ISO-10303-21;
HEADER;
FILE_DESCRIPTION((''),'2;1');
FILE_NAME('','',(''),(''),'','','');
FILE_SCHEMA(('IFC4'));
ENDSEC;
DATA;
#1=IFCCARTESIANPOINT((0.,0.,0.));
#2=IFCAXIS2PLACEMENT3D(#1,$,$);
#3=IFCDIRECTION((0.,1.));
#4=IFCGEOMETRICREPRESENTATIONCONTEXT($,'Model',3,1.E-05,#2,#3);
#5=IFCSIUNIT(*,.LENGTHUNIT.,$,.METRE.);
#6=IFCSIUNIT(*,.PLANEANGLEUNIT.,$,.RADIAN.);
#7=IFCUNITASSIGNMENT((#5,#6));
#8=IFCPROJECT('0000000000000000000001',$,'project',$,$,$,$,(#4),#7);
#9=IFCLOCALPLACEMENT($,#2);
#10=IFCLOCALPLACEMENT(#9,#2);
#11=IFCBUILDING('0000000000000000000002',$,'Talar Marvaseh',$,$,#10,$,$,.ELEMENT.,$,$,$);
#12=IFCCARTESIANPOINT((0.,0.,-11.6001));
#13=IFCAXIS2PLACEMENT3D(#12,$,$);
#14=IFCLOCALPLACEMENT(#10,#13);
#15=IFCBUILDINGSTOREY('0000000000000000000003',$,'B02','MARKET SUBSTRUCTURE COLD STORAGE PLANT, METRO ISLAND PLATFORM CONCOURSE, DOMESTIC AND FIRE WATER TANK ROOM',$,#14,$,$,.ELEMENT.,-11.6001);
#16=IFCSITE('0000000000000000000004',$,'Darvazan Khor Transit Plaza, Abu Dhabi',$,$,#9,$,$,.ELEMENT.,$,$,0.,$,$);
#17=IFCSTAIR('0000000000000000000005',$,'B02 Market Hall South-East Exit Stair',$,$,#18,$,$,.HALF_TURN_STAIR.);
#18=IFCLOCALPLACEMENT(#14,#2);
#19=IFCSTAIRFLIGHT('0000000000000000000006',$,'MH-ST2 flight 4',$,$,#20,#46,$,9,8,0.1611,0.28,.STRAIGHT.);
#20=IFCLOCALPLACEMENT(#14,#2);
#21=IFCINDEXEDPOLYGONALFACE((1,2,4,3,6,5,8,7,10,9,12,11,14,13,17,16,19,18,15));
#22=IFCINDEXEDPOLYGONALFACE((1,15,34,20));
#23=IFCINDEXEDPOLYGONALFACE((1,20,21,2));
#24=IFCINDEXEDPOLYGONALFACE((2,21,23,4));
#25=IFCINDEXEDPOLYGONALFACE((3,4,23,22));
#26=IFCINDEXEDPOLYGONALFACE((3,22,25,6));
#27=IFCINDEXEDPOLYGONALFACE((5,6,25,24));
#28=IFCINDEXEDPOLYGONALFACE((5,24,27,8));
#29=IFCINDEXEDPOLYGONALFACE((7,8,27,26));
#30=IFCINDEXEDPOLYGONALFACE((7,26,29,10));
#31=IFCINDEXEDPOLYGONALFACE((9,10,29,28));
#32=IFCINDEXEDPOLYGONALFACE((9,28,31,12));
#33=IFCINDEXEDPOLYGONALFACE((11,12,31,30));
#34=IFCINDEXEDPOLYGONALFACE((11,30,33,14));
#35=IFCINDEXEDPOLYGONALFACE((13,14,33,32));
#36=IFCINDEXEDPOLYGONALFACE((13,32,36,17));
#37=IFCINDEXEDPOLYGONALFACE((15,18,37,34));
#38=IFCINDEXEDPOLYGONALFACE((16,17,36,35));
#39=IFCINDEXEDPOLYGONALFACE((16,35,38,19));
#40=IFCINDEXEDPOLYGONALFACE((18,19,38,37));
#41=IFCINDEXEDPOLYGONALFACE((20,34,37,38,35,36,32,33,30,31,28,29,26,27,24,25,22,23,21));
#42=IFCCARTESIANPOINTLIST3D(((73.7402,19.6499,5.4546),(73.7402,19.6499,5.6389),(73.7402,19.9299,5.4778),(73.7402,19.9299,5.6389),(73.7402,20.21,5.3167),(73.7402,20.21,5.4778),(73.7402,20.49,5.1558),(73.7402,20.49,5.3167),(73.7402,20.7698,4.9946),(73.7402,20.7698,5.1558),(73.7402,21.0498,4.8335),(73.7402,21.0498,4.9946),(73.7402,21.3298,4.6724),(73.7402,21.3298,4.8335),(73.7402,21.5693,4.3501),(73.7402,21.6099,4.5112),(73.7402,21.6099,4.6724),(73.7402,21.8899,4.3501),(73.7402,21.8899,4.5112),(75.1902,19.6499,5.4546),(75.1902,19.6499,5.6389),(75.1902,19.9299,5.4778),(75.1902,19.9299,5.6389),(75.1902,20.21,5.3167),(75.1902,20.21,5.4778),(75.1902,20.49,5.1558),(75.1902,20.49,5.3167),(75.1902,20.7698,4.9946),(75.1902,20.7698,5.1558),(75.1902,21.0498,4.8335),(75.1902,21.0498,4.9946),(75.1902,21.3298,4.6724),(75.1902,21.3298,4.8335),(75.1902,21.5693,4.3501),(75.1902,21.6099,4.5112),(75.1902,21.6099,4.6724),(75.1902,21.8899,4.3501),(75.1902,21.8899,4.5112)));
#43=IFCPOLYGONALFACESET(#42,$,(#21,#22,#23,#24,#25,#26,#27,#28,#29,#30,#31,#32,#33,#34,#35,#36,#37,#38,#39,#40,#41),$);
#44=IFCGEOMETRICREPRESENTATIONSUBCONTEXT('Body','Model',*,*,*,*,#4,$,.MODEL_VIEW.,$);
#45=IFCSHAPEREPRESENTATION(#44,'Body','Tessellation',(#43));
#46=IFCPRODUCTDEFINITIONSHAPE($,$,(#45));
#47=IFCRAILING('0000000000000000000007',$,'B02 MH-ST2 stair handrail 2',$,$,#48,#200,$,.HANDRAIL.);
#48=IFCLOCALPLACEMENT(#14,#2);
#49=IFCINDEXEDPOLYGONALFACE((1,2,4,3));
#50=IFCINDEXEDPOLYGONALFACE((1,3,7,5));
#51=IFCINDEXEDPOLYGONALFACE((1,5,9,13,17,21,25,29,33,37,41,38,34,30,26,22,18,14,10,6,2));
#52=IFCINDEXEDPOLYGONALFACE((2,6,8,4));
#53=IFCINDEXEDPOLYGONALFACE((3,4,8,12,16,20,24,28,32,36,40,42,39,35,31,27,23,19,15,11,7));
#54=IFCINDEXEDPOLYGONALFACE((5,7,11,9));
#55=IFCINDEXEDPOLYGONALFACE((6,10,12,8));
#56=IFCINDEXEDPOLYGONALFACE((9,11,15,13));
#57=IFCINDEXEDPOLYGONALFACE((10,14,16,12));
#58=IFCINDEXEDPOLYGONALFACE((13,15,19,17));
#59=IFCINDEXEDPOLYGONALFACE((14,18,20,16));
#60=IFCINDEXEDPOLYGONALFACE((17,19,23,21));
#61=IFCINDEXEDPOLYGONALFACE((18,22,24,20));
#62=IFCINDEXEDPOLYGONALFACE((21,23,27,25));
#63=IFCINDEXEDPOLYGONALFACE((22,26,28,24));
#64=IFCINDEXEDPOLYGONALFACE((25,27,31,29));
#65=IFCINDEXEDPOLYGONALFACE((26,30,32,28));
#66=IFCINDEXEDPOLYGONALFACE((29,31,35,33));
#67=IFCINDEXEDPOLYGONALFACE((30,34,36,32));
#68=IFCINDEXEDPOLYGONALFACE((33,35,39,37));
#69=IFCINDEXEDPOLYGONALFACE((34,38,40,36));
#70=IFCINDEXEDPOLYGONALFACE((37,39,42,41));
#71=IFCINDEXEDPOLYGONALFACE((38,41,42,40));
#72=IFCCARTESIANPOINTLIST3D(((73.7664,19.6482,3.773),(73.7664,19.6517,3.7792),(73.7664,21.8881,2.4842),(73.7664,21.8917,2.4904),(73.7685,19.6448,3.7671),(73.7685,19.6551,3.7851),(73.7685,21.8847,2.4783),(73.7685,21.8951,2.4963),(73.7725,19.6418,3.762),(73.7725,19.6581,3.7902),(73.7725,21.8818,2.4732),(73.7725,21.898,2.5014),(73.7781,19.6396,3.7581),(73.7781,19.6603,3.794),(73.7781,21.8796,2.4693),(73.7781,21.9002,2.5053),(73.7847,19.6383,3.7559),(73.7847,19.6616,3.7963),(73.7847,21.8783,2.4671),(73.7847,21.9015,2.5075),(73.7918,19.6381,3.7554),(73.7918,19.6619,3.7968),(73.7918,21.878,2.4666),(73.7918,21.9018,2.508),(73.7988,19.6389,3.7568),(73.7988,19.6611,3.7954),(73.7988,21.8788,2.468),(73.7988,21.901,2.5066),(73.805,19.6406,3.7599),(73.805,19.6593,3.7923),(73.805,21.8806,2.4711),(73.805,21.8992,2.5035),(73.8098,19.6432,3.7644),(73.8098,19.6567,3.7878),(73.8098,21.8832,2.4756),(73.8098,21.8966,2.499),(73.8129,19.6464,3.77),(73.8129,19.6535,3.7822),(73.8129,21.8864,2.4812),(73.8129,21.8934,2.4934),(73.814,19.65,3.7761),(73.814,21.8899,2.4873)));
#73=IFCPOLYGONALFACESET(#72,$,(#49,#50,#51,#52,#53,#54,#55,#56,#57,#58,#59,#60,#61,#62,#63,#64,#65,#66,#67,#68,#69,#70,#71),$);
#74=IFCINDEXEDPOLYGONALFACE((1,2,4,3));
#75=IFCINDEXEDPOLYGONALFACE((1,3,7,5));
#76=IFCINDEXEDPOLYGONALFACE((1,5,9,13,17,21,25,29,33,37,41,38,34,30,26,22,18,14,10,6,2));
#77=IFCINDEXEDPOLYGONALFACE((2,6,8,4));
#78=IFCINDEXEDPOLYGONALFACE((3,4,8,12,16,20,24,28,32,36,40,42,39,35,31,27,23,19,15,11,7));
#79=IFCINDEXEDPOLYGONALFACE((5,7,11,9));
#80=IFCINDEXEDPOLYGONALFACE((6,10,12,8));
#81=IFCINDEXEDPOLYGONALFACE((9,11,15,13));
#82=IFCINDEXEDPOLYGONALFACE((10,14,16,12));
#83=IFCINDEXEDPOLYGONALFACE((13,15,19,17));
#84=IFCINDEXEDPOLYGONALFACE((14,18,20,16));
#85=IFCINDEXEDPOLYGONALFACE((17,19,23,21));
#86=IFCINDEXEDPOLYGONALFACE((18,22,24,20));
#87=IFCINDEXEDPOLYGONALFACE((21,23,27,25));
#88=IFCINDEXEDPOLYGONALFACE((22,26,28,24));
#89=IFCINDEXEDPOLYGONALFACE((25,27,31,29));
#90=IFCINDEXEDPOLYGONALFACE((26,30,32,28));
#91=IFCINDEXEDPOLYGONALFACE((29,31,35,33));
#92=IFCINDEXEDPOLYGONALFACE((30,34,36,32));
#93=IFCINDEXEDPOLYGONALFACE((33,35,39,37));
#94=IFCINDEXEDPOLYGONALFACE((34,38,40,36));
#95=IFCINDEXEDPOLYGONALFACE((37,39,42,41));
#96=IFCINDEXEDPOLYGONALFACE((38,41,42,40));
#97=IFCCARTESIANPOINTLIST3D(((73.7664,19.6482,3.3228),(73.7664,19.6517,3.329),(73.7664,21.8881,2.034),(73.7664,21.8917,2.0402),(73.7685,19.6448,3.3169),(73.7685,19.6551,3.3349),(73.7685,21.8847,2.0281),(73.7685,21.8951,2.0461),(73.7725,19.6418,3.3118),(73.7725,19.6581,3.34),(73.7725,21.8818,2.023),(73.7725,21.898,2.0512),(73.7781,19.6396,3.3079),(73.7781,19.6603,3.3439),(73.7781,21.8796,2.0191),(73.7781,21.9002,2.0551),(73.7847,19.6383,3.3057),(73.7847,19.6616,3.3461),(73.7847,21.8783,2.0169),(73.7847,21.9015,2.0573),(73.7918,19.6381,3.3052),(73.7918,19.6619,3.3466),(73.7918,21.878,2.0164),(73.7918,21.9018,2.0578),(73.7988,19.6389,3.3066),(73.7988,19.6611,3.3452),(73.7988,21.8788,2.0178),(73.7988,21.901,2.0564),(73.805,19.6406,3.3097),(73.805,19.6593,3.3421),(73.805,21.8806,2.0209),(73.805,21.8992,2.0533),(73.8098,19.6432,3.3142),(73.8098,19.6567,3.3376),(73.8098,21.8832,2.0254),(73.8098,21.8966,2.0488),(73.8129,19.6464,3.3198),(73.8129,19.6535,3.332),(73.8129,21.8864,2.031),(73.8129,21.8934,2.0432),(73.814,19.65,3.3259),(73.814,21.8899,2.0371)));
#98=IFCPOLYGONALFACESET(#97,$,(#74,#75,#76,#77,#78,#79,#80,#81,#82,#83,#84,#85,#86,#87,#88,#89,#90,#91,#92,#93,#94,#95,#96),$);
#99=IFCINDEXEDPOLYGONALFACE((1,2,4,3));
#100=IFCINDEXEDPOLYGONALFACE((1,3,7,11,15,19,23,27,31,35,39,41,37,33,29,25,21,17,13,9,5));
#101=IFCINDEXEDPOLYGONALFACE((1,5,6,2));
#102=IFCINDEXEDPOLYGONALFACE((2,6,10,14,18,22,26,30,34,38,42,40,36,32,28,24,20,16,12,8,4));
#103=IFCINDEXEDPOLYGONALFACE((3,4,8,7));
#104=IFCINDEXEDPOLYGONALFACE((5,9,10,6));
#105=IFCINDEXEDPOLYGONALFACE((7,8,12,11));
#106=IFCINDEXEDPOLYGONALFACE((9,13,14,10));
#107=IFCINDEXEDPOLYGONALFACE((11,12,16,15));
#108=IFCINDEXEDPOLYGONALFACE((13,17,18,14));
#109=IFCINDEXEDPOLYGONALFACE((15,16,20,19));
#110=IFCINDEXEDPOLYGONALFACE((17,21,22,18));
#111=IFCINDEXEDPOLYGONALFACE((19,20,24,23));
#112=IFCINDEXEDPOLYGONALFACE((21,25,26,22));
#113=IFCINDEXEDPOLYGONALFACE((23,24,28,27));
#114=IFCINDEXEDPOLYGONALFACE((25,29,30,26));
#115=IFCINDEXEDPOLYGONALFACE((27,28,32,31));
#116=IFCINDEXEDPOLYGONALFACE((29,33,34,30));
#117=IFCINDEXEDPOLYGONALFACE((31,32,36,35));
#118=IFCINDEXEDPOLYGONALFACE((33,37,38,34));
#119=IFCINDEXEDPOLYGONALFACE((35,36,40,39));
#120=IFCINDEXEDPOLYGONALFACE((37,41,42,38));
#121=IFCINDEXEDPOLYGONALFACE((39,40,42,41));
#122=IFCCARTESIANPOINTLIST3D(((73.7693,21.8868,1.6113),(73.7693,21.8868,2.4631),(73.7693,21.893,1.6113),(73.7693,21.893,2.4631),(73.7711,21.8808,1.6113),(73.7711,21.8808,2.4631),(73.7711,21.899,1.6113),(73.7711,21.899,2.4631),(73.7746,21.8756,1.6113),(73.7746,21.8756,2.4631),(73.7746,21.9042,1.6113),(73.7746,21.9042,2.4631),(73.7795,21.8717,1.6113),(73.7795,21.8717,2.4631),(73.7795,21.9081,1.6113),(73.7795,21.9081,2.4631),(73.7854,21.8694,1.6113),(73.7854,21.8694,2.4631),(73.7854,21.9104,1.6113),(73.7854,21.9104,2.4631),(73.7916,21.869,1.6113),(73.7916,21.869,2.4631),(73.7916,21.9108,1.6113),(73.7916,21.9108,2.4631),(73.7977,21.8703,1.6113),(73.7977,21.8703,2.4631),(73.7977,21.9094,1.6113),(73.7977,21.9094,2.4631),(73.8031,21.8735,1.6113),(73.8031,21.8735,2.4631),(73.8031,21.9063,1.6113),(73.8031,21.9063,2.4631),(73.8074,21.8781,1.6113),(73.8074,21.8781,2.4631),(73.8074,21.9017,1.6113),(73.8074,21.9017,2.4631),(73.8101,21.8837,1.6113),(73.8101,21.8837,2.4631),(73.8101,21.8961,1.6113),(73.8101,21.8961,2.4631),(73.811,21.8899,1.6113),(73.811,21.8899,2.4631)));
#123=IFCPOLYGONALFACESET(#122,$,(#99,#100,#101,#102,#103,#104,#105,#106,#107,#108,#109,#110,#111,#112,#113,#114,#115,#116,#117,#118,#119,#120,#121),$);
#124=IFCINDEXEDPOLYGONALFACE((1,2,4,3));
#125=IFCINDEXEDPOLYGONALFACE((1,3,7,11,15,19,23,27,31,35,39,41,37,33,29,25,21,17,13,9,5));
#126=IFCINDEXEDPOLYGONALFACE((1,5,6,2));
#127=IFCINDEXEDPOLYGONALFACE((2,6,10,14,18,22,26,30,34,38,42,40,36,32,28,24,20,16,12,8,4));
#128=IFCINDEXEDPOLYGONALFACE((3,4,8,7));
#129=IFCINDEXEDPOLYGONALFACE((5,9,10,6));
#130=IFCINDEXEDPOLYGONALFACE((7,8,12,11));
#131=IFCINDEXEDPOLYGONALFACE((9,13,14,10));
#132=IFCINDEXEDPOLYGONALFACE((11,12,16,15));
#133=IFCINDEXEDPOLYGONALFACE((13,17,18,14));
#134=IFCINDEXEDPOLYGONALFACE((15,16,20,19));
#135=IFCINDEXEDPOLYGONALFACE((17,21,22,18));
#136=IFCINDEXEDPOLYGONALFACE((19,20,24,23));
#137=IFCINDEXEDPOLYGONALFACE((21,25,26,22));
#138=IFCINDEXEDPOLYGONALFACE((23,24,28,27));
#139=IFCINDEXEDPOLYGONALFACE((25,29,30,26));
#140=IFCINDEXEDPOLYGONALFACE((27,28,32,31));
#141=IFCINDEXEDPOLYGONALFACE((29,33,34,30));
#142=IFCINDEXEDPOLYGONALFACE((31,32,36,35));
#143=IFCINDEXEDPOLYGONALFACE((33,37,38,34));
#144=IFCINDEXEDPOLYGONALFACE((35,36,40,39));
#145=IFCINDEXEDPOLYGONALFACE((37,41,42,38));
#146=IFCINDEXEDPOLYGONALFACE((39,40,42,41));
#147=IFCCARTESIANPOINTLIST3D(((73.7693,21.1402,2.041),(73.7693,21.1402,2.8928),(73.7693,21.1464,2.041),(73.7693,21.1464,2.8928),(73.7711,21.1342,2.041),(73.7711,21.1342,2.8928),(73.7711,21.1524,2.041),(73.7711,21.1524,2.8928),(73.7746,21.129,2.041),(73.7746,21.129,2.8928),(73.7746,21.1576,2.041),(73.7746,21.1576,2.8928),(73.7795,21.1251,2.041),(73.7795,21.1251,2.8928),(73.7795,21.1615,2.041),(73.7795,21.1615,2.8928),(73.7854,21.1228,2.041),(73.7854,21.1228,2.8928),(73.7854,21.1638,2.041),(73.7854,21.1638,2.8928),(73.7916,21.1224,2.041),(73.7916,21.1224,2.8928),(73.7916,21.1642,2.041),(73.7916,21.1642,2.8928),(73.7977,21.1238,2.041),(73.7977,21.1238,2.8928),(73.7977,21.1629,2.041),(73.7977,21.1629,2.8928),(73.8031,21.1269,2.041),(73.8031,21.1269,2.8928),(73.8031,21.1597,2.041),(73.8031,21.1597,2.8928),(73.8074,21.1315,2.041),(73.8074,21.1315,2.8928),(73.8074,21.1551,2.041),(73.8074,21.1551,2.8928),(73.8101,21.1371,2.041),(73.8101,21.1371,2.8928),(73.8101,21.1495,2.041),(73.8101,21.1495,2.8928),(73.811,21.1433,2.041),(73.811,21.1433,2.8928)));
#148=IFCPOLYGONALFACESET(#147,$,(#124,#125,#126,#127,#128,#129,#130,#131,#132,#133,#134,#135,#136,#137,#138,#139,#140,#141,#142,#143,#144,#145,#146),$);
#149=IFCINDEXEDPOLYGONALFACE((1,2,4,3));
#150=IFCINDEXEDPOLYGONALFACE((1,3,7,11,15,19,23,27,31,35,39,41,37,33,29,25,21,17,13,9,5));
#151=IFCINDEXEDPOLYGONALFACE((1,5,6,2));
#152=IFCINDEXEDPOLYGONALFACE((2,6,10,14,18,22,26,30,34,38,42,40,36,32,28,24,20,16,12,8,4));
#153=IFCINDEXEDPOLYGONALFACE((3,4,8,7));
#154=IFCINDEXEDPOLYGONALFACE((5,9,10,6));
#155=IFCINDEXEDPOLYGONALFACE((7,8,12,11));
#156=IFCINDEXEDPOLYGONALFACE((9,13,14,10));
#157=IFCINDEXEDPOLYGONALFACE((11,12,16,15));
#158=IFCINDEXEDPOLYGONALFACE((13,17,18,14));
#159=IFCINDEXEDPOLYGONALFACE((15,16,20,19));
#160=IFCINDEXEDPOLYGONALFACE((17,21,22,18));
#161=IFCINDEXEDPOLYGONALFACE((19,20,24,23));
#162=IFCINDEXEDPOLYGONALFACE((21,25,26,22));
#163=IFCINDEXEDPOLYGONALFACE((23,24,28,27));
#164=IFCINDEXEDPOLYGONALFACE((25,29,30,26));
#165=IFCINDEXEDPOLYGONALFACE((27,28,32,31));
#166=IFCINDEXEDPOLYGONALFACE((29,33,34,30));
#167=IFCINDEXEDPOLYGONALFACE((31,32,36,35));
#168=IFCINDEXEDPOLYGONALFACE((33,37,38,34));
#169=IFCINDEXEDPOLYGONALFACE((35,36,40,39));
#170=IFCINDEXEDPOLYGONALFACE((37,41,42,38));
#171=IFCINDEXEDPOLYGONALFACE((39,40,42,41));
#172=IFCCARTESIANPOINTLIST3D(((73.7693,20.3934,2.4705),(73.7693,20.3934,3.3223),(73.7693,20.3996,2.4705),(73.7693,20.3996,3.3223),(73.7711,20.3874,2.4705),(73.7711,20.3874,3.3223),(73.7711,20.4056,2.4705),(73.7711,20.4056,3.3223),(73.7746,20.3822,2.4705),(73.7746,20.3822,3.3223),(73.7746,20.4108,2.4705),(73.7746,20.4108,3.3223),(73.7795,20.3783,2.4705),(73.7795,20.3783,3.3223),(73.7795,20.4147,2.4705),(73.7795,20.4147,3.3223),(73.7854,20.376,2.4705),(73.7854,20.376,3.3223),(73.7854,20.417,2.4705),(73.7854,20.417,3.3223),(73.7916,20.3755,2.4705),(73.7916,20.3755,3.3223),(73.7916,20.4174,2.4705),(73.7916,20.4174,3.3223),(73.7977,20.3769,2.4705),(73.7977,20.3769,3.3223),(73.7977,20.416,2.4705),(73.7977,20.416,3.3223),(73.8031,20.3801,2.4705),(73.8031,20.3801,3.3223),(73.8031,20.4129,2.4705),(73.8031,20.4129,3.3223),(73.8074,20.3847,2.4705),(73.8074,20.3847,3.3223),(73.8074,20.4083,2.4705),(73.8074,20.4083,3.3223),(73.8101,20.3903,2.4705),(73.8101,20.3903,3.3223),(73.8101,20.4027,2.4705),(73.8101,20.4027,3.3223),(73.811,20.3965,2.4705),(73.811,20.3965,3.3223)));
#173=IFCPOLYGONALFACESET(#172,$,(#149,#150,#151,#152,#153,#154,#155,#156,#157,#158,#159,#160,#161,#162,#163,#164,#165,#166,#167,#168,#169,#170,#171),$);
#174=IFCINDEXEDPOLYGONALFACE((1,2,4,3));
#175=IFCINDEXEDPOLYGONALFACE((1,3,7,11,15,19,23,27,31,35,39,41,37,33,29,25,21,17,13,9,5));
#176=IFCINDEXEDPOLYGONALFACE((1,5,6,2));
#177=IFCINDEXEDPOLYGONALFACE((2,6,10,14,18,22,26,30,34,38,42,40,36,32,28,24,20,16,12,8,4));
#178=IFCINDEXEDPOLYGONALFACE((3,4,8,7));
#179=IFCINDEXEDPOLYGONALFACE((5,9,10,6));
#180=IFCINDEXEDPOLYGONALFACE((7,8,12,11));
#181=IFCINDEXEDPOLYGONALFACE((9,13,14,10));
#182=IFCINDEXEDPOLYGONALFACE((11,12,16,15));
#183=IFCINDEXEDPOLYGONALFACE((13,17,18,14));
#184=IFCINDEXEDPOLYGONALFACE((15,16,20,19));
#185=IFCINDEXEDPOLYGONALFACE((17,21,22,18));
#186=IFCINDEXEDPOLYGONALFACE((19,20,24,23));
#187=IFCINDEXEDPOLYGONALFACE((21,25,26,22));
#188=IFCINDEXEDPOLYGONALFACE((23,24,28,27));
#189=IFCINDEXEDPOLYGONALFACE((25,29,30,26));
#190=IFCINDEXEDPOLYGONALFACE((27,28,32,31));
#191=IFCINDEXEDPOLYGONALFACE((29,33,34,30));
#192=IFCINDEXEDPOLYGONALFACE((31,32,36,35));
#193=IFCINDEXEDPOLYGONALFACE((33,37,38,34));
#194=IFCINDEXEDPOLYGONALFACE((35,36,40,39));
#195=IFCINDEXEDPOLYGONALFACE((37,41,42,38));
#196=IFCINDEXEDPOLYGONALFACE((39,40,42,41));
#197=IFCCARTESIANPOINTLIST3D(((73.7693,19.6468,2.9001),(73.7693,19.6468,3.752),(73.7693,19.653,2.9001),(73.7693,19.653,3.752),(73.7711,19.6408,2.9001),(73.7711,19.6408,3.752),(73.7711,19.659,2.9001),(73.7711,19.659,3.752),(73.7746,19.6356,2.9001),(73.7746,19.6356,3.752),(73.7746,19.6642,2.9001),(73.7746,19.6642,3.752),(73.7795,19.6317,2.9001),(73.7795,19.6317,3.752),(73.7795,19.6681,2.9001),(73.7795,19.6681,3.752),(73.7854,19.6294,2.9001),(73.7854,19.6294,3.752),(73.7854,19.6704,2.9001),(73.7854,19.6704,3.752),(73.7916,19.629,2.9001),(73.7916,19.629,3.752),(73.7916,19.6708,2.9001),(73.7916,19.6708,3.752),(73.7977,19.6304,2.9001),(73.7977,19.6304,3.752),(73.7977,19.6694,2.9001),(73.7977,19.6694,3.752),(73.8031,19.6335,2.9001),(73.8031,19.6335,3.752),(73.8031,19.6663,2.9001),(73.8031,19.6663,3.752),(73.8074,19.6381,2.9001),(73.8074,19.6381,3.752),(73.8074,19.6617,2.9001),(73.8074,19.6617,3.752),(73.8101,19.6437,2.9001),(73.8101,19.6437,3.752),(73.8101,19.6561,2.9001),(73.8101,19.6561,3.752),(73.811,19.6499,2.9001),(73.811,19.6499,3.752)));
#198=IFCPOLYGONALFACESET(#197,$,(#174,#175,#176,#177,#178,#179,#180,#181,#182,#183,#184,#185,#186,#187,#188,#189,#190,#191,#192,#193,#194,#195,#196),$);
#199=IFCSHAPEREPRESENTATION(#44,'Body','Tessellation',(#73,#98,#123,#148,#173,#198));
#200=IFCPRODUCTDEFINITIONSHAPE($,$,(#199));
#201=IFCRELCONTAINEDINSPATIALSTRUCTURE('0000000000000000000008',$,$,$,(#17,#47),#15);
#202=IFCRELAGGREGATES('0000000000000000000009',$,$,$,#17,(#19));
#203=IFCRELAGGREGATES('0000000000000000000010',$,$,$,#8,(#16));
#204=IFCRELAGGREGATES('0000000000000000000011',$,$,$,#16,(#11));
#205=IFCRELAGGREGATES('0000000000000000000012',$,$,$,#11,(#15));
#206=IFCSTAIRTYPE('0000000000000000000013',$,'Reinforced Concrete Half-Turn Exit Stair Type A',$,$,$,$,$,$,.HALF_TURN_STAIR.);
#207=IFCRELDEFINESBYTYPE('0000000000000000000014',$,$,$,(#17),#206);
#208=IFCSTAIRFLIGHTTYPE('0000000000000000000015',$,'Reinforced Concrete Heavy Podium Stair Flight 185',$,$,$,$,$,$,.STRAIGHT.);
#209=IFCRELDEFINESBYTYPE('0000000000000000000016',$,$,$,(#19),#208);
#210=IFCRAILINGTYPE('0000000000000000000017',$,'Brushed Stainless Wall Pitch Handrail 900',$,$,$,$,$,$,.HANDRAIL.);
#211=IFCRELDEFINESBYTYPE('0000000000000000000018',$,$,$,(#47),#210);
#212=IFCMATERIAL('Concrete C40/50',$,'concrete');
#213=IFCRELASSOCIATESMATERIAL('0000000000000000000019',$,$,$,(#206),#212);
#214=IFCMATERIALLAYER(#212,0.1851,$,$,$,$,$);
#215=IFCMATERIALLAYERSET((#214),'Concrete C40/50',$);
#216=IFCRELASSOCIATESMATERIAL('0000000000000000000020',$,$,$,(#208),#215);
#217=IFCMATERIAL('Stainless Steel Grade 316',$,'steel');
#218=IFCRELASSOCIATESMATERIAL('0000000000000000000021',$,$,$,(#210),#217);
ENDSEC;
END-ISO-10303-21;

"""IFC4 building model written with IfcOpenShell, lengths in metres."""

from ifc_helpers import new_model, si_unit, direction, frame, origin, origin_2d, place, context, subcontext, project, spatial, polyline, circle, outline, extrude, material, layer, layer_set, type_object, element, aggregate, save


model = new_model("IFC4")

# Units and contexts
model_context = context("Model", 3, precision=1e-05, world=origin(), true_north=direction((0.0, 1.0)))
body_context = subcontext(model_context, "Body", "Model", "MODEL_VIEW")
ifc_project = project(units=[si_unit("LENGTHUNIT", "METRE"), si_unit("PLANEANGLEUNIT", "RADIAN")], contexts=[model_context])

# Site, building, storey
site_placement = place(None, origin())
site = spatial("IfcSite", under=ifc_project, at=site_placement, Name="Darvazan Khor Transit Plaza, Abu Dhabi", CompositionType="ELEMENT", RefElevation=0.0)
building_placement = place(site_placement, origin())
building = spatial("IfcBuilding", under=site, at=building_placement, Name="Talar Marvaseh", CompositionType="ELEMENT")
storey_placement = place(building_placement, frame((0.0, 0.0, -11.6001)))
storey = spatial("IfcBuildingStorey", under=building, at=storey_placement, Name="B02", Description="MARKET SUBSTRUCTURE COLD STORAGE PLANT, METRO ISLAND PLATFORM CONCOURSE, DOMESTIC AND FIRE WATER TANK ROOM", CompositionType="ELEMENT", Elevation=-11.6001)

# Stair, stair flight
ifc_material_1 = material(Name="Concrete C40/50", Category="concrete")
stair_type = type_object("IfcStairType", Name="Reinforced Concrete Half-Turn Exit Stair Type A", PredefinedType="HALF_TURN_STAIR", material=ifc_material_1)
stair_placement = place(storey_placement, origin())
stair = element("IfcStair", 1, at=stair_placement, inside=storey, type_object=stair_type, Name="B02 Market Hall South-East Exit Stair", PredefinedType="HALF_TURN_STAIR")
ifc_layer_1 = layer(ifc_material_1, 0.1851)
ifc_layer_set_1 = layer_set([ifc_layer_1], Name="Concrete C40/50")
stair_flight_type = type_object("IfcStairFlightType", Name="Reinforced Concrete Heavy Podium Stair Flight 185", PredefinedType="STRAIGHT", material=ifc_layer_set_1)
stair_flight_1_placement = place(storey_placement, frame((74.4651, 21.8899, 4.3501), z_axis=(0.0, 0.0, 1.0), x_axis=(0.0, -1.0, 0.0)))
stair_flight_1 = element("IfcStairFlight", 2, at=stair_flight_1_placement, type_object=stair_flight_type, Name="MH-ST2 flight 4", NumberOfRisers=9, NumberOfTreads=8, PredefinedType="STRAIGHT", RiserHeight=0.1611, TreadLength=0.28, context=body_context, shape_type="SweptSolid", body=[
    extrude(outline(polyline([(0.0, 0.0), (0.0, 0.1611), (0.28, 0.1611), (0.28, 0.3223), (0.5601, 0.3223), (0.5601, 0.4834), (0.8401, 0.4834), (0.8401, 0.6445), (1.1201, 0.6445), (1.1201, 0.8057), (1.3999, 0.8057), (1.3999, 0.9666), (1.6799, 0.9666), (1.6799, 1.1277), (1.96, 1.1277), (1.96, 1.2888), (2.24, 1.2888), (2.24, 1.45), (2.24, 1.1045), (0.3206, 0.0), (0.0, 0.0)])), frame((0.0, 0.7251, 0.0), z_axis=(0.0, -1.0, 0.0), x_axis=(1.0, 0.0, 0.0)), (0.0, 0.0, 1.0), 1.45),
])
aggregate(stair, [stair_flight_1])

# Railing
ifc_material_2 = material(Name="Stainless Steel Grade 316", Category="steel")
railing_type_1 = type_object("IfcRailingType", Name="Brushed Stainless Wall Pitch Handrail 900", PredefinedType="HANDRAIL", material=ifc_material_2)
for number, where, name in (
    (3, (73.79, 21.8899, 1.6113), "B02 MH-ST2 stair handrail 2"),
):
    element("IfcRailing", number, at=place(storey_placement, frame(where)), inside=storey, type_object=railing_type_1, Name=name, PredefinedType="HANDRAIL", context=body_context, shape_type="SweptSolid", body=[
        extrude(circle(Radius=0.0239, at=origin_2d()), frame((0.0, 0.0, 0.876), z_axis=(0.0, -0.866768, 0.498711), x_axis=(1.0, 0.0, 0.0)), (0.0, 0.0, 1.0), 2.5842),
        extrude(circle(Radius=0.0239, at=origin_2d()), frame((0.0, 0.0, 0.4258), z_axis=(0.0, -0.866768, 0.498711), x_axis=(1.0, 0.0, 0.0)), (0.0, 0.0, 1.0), 2.5842),
        extrude(circle(Radius=0.021, at=origin_2d()), origin(), (0.0, 0.0, 1.0), 0.8518),
        extrude(circle(Radius=0.021, at=origin_2d()), frame((0.0, -0.7466, 0.4297)), (0.0, 0.0, 1.0), 0.8518),
        extrude(circle(Radius=0.021, at=origin_2d()), frame((0.0, -1.4934, 0.8591)), (0.0, 0.0, 1.0), 0.8518),
        extrude(circle(Radius=0.021, at=origin_2d()), frame((0.0, -2.24, 1.2888)), (0.0, 0.0, 1.0), 0.8518),
    ])

save(model, "model.ifc")
